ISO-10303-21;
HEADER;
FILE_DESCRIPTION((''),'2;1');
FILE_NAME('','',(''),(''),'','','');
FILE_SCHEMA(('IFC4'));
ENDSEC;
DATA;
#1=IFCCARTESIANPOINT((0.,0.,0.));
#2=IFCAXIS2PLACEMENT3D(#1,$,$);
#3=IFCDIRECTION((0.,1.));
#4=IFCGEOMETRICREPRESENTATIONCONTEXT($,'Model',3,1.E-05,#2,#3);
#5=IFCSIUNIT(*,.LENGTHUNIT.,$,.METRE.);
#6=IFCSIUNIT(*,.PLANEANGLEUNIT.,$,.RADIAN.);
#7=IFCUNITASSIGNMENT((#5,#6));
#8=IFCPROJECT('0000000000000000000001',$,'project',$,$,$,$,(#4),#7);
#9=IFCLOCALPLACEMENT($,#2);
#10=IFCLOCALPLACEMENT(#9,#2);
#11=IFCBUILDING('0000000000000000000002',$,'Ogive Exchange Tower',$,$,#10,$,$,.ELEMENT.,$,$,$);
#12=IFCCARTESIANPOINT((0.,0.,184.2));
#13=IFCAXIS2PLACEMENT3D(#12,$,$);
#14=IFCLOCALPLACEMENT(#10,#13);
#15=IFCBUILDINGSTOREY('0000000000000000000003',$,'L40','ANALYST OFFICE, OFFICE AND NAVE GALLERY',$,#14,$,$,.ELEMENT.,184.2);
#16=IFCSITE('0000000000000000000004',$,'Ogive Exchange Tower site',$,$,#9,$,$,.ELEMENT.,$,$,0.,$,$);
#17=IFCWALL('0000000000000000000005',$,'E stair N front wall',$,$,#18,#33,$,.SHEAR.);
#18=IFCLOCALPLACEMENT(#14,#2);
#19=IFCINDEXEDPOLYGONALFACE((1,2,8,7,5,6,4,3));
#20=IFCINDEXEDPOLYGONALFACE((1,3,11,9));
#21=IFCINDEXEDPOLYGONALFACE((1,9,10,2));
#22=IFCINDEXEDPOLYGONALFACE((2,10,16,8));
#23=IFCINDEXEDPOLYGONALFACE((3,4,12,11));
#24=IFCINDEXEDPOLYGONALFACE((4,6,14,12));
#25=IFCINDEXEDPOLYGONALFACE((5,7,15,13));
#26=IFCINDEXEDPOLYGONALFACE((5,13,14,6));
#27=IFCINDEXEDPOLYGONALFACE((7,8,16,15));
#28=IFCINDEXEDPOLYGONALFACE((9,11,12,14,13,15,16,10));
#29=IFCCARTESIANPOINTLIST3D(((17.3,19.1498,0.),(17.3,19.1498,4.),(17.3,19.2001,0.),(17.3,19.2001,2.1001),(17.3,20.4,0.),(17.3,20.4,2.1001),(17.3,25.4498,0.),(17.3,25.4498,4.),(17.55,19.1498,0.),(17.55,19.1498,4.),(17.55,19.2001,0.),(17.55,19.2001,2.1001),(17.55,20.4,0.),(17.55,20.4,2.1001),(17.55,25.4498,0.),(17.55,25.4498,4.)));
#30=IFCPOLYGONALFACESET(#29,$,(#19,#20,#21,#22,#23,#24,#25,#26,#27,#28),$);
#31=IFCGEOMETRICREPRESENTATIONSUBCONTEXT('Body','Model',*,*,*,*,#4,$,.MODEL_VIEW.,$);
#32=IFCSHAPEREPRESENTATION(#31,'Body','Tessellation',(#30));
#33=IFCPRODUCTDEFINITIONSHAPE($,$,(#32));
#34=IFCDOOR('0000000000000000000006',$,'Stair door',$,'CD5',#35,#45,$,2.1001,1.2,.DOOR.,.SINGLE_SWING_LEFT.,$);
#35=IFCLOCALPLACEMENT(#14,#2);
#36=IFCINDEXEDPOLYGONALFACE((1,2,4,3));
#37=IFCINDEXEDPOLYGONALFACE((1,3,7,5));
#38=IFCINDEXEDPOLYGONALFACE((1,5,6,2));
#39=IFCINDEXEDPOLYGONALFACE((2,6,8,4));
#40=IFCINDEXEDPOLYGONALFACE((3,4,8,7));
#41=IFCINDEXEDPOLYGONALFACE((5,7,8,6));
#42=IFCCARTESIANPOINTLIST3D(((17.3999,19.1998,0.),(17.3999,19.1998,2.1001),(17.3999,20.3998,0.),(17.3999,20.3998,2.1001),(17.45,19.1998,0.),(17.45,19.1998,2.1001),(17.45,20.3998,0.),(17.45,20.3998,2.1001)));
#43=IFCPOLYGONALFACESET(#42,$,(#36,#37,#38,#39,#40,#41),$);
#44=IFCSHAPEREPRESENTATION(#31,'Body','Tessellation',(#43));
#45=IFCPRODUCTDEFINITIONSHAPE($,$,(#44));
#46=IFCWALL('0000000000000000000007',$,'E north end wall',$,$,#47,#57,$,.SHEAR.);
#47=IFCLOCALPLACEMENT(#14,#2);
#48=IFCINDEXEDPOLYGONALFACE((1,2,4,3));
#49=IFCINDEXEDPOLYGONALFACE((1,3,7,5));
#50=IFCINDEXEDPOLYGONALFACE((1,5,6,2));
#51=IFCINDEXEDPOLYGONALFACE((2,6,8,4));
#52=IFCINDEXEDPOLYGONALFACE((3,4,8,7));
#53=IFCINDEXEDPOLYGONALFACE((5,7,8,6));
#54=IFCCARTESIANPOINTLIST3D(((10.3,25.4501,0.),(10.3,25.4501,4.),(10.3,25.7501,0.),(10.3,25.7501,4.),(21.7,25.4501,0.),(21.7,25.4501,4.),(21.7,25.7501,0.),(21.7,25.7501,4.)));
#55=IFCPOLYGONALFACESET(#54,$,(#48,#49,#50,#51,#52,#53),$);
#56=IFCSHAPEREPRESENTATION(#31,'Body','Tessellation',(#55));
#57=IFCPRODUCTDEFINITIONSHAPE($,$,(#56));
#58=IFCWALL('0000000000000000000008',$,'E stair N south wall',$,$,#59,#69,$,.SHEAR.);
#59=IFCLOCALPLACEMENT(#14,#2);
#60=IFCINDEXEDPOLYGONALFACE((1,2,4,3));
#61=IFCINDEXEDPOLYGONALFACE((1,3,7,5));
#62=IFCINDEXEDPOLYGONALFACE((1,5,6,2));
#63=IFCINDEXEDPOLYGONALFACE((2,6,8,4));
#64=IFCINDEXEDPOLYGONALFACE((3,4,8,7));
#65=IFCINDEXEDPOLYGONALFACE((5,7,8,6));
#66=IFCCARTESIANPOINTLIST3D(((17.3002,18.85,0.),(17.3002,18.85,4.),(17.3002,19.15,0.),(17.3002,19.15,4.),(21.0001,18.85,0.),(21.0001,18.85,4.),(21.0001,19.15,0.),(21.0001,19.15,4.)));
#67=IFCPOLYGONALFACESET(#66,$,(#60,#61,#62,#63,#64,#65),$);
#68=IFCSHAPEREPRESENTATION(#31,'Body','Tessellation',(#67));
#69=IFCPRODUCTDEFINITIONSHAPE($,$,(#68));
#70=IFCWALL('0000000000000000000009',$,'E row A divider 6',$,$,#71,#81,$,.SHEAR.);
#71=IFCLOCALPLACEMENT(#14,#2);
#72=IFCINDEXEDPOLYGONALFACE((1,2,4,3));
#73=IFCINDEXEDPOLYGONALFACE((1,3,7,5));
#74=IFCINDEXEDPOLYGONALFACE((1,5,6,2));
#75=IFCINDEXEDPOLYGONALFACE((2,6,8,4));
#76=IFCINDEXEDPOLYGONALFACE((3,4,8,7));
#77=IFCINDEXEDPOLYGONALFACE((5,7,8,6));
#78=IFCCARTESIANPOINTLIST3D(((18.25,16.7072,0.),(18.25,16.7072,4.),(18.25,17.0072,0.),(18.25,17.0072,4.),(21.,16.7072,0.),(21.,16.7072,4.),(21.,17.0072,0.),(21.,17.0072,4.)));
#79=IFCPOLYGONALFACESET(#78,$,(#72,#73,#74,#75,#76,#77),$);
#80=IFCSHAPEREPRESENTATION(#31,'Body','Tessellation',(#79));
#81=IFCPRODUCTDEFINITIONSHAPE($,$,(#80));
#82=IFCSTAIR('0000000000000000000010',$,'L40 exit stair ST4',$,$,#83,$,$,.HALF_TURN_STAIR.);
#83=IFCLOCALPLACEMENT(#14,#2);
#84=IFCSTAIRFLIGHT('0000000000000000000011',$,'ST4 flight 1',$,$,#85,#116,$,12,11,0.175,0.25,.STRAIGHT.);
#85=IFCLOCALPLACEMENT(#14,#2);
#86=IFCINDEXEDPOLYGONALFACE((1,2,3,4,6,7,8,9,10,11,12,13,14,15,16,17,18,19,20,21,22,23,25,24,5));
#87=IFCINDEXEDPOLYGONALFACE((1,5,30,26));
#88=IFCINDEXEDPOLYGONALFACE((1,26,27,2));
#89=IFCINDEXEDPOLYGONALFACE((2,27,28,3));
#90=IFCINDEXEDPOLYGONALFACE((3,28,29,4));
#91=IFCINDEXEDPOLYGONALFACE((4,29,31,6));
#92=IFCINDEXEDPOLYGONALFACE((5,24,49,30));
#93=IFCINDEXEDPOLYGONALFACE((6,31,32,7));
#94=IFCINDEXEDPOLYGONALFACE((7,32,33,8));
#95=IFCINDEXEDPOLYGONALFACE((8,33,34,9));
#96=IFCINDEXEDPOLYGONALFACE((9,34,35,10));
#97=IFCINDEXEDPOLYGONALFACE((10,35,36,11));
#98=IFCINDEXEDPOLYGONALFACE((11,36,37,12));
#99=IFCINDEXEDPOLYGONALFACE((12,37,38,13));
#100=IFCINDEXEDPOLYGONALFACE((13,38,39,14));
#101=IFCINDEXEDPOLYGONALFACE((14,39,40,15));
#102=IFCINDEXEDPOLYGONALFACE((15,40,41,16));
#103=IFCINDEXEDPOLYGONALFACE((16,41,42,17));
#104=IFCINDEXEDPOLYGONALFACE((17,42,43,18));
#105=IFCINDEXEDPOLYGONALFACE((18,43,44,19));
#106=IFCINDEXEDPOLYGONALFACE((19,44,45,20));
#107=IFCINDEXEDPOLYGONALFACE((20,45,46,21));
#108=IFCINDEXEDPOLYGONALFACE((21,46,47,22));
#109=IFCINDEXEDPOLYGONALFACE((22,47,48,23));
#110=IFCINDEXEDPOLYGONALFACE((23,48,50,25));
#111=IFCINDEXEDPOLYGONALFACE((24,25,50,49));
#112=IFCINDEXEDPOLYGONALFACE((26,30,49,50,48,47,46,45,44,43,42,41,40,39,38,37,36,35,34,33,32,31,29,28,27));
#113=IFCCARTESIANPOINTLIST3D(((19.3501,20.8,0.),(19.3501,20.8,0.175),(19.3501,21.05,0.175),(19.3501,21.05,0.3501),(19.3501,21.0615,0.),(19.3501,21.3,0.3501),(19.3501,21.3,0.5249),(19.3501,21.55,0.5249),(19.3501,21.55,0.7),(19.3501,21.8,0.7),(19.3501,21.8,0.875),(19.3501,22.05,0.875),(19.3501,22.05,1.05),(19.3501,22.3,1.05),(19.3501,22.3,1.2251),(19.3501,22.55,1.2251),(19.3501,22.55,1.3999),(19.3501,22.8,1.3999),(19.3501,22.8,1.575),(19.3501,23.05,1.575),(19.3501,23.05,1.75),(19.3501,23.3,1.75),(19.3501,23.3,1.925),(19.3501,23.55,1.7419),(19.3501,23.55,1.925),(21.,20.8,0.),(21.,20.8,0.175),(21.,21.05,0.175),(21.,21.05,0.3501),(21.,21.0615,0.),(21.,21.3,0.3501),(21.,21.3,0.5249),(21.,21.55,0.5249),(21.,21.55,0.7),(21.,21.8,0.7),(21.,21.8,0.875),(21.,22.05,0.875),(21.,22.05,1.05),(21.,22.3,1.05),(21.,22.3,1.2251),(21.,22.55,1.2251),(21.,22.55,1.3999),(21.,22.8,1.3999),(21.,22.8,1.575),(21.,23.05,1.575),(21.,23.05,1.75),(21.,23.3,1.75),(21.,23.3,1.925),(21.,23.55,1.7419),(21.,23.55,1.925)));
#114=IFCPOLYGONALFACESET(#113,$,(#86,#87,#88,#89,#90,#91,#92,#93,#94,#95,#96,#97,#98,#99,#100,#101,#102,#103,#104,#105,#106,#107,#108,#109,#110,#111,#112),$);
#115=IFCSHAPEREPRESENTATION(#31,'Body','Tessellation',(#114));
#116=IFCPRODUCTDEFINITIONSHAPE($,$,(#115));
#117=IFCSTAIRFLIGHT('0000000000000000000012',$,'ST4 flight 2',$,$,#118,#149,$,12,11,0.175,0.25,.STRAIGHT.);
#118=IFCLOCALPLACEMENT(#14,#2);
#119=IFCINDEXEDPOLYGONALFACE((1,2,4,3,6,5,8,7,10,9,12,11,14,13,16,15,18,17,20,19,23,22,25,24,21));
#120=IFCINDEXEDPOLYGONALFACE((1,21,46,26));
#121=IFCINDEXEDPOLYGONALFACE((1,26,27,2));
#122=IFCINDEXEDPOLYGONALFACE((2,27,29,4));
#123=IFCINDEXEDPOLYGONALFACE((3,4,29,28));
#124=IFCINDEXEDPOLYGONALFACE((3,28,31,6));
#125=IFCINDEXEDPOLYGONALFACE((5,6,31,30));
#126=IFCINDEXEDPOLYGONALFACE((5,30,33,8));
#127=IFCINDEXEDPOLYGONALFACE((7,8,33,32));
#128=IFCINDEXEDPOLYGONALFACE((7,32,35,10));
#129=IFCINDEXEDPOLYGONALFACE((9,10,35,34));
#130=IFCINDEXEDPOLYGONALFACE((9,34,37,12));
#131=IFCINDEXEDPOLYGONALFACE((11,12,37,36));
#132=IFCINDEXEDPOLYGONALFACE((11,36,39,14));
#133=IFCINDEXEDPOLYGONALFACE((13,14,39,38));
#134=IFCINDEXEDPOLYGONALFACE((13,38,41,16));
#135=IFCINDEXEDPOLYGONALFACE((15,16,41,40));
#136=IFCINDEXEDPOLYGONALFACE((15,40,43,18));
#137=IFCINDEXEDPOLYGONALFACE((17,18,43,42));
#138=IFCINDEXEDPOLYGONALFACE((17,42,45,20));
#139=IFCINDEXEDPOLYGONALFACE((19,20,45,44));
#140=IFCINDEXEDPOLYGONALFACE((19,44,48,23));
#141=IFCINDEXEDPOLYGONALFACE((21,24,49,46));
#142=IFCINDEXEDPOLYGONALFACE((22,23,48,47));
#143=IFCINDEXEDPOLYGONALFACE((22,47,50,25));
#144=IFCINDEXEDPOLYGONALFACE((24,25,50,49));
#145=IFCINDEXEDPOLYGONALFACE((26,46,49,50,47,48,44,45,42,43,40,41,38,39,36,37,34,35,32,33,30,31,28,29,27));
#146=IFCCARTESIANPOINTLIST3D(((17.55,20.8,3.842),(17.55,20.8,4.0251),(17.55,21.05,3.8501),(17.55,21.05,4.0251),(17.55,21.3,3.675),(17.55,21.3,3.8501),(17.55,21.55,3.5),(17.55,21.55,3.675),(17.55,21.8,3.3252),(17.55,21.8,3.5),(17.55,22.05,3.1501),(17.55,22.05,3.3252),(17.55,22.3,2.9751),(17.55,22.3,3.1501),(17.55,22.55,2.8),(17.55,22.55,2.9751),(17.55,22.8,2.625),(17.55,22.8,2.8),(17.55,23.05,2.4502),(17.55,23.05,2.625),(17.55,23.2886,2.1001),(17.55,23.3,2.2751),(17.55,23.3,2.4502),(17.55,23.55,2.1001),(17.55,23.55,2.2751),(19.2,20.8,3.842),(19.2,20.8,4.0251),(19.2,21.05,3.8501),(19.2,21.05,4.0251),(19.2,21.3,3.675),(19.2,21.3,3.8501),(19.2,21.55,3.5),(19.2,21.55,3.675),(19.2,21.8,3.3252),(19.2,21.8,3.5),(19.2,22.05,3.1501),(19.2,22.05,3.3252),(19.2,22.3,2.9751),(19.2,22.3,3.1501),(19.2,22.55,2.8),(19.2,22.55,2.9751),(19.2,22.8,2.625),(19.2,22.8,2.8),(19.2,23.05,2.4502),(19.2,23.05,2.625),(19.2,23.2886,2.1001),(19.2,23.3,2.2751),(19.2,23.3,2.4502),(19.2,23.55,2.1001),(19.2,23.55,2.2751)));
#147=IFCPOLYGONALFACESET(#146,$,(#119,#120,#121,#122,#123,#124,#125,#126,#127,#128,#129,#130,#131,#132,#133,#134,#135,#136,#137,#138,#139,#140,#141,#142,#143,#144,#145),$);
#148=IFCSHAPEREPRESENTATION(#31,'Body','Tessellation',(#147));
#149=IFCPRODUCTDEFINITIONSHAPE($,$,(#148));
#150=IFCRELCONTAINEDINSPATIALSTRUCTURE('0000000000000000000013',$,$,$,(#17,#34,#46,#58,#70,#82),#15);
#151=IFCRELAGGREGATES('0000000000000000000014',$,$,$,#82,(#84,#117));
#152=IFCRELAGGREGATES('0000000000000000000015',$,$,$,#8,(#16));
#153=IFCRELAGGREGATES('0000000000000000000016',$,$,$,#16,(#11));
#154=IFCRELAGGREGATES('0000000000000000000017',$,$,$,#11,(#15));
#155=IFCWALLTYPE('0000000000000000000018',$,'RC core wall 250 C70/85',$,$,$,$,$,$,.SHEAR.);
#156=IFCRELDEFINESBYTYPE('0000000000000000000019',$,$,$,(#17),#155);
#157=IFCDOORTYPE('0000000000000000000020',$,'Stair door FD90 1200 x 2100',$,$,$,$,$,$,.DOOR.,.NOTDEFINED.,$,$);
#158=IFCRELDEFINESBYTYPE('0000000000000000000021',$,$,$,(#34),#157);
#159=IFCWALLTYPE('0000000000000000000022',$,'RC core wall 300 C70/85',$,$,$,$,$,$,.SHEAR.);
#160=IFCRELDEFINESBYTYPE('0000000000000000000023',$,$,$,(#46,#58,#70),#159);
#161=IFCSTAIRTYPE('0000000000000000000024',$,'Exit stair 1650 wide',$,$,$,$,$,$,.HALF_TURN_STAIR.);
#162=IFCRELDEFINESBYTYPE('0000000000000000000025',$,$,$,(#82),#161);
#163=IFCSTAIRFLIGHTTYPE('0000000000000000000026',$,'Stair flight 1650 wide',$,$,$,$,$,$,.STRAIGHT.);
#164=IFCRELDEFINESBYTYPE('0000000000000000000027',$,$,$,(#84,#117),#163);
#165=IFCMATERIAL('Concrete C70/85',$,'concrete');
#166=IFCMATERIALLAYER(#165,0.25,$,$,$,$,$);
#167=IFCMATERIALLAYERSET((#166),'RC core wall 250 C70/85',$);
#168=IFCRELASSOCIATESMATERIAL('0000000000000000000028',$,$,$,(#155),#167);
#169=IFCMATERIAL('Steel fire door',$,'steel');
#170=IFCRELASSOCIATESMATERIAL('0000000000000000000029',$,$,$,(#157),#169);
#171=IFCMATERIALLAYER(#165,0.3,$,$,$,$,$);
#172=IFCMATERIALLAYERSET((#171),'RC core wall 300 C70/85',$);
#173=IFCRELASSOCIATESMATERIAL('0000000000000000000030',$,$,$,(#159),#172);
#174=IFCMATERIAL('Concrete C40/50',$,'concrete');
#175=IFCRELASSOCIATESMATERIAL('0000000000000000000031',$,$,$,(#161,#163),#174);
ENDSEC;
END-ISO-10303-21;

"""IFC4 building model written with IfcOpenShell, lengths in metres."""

from ifc_helpers import new_model, si_unit, direction, frame, frame_2d, origin, place, context, subcontext, project, spatial, polyline, rectangle, outline, extrude, material, layer, layer_set, type_object, element, fill, aggregate, save


model = new_model("IFC4")

# Units and contexts
model_context = context("Model", 3, precision=1e-05, world=origin(), true_north=direction((0.0, 1.0)))
body_context = subcontext(model_context, "Body", "Model", "MODEL_VIEW")
ifc_project = project(units=[si_unit("LENGTHUNIT", "METRE"), si_unit("PLANEANGLEUNIT", "RADIAN")], contexts=[model_context])

# Site, building, storey
site_placement = place(None, origin())
site = spatial("IfcSite", under=ifc_project, at=site_placement, Name="Ogive Exchange Tower site", CompositionType="ELEMENT", RefElevation=0.0)
building_placement = place(site_placement, origin())
building = spatial("IfcBuilding", under=site, at=building_placement, Name="Ogive Exchange Tower", CompositionType="ELEMENT")
storey_placement = place(building_placement, frame((0.0, 0.0, 184.2)))
storey = spatial("IfcBuildingStorey", under=building, at=storey_placement, Name="L40", Description="ANALYST OFFICE, OFFICE AND NAVE GALLERY", CompositionType="ELEMENT", Elevation=184.2)

# Wall, opening, door
ifc_material_1 = material(Name="Concrete C70/85", Category="concrete")
ifc_layer_1 = layer(ifc_material_1, 0.25)
ifc_layer_set_1 = layer_set([ifc_layer_1], Name="RC core wall 250 C70/85")
wall_type_1 = type_object("IfcWallType", Name="RC core wall 250 C70/85", PredefinedType="SHEAR", material=ifc_layer_set_1)
wall_1_placement = place(storey_placement, frame((17.425, 19.1499, 0.0), z_axis=(0.0, 0.0, 1.0), x_axis=(0.0, 1.0, 0.0)))
wall_1 = element("IfcWall", 1, at=wall_1_placement, inside=storey, type_object=wall_type_1, Name="E stair N front wall", PredefinedType="SHEAR", context=body_context, shape_type="SweptSolid", body=[
    extrude(rectangle(XDim=6.3, YDim=0.25, at=frame_2d((3.1499, 0.0))), origin(), (0.0, 0.0, 1.0), 4.0),
])
opening_placement = place(wall_1_placement, frame((0.05, 0.0, 0.0)))
opening = element("IfcOpeningElement", 2, at=opening_placement, cuts=wall_1, PredefinedType="OPENING", context=body_context, shape_type="SweptSolid", body=[
    extrude(rectangle(XDim=1.2, YDim=2.1001, at=frame_2d((0.6001, 1.05))), frame((0.0, 0.135, 0.0), z_axis=(0.0, -1.0, 0.0), x_axis=(1.0, 0.0, 0.0)), (0.0, 0.0, 1.0), 0.27),
])
ifc_material_2 = material(Name="Steel fire door", Category="steel")
door_type = type_object("IfcDoorType", Name="Stair door FD90 1200 x 2100", OperationType="NOTDEFINED", PredefinedType="DOOR", material=ifc_material_2)
door_placement = place(opening_placement, frame((1.2, 0.0, 0.0), z_axis=(0.0, 0.0, 1.0), x_axis=(-1.0, 0.0, 0.0)))
door = element("IfcDoor", 3, at=door_placement, inside=storey, type_object=door_type, Name="Stair door", ObjectType="CD5", OperationType="SINGLE_SWING_LEFT", OverallHeight=2.1001, OverallWidth=1.2, PredefinedType="DOOR", context=body_context, shape_type="SweptSolid", body=[
    extrude(rectangle(XDim=1.2, YDim=2.1001, at=frame_2d((0.6001, 1.05))), frame((0.0, 0.0249, 0.0), z_axis=(0.0, -1.0, 0.0), x_axis=(1.0, 0.0, 0.0)), (0.0, 0.0, 1.0), 0.05),
])
fill(opening, door)

# Walls
ifc_layer_2 = layer(ifc_material_1, 0.3)
ifc_layer_set_2 = layer_set([ifc_layer_2], Name="RC core wall 300 C70/85")
wall_type_2 = type_object("IfcWallType", Name="RC core wall 300 C70/85", PredefinedType="SHEAR", material=ifc_layer_set_2)
wall_2_placement = place(storey_placement, frame((10.3, 25.6001, 0.0), z_axis=(0.0, 0.0, 1.0), x_axis=(1.0, 0.0, 0.0)))
element("IfcWall", 4, at=wall_2_placement, inside=storey, type_object=wall_type_2, Name="E north end wall", PredefinedType="SHEAR", context=body_context, shape_type="SweptSolid", body=[
    extrude(rectangle(XDim=11.3999, YDim=0.3, at=frame_2d((5.7, 0.0))), origin(), (0.0, 0.0, 1.0), 4.0),
])
wall_3_placement = place(storey_placement, frame((17.3, 19.0, 0.0), z_axis=(0.0, 0.0, 1.0), x_axis=(1.0, 0.0, 0.0)))
element("IfcWall", 5, at=wall_3_placement, inside=storey, type_object=wall_type_2, Name="E stair N south wall", PredefinedType="SHEAR", context=body_context, shape_type="SweptSolid", body=[
    extrude(rectangle(XDim=3.7, YDim=0.3, at=frame_2d((1.8501, 0.0))), origin(), (0.0, 0.0, 1.0), 4.0),
])
wall_4_placement = place(storey_placement, frame((18.25, 16.8572, 0.0), z_axis=(0.0, 0.0, 1.0), x_axis=(1.0, 0.0, 0.0)))
element("IfcWall", 6, at=wall_4_placement, inside=storey, type_object=wall_type_2, Name="E row A divider 6", PredefinedType="SHEAR", context=body_context, shape_type="SweptSolid", body=[
    extrude(rectangle(XDim=2.75, YDim=0.3, at=frame_2d((1.375, 0.0))), origin(), (0.0, 0.0, 1.0), 4.0),
])

# Stair, stair flights
ifc_material_3 = material(Name="Concrete C40/50", Category="concrete")
stair_type = type_object("IfcStairType", Name="Exit stair 1650 wide", PredefinedType="HALF_TURN_STAIR", material=ifc_material_3)
stair_placement = place(storey_placement, origin())
stair = element("IfcStair", 7, at=stair_placement, inside=storey, type_object=stair_type, Name="L40 exit stair ST4", PredefinedType="HALF_TURN_STAIR")
stair_flight_type = type_object("IfcStairFlightType", Name="Stair flight 1650 wide", PredefinedType="STRAIGHT", material=ifc_material_3)
stair_flight_1_placement = place(storey_placement, frame((20.175, 20.8, 0.0), z_axis=(0.0, 0.0, 1.0), x_axis=(0.0, 1.0, 0.0)))
stair_flight_1 = element("IfcStairFlight", 8, at=stair_flight_1_placement, type_object=stair_flight_type, Name="ST4 flight 1", NumberOfRisers=12, NumberOfTreads=11, PredefinedType="STRAIGHT", RiserHeight=0.175, TreadLength=0.25, context=body_context, shape_type="SweptSolid", body=[
    extrude(outline(polyline([(0.0, 0.0), (0.0, 0.175), (0.25, 0.175), (0.25, 0.3501), (0.5, 0.3501), (0.5, 0.5249), (0.75, 0.5249), (0.75, 0.7), (1.0, 0.7), (1.0, 0.875), (1.25, 0.875), (1.25, 1.05), (1.5, 1.05), (1.5, 1.2251), (1.75, 1.2251), (1.75, 1.3999), (2.0, 1.3999), (2.0, 1.575), (2.25, 1.575), (2.25, 1.75), (2.5, 1.75), (2.5, 1.925), (2.75, 1.925), (2.75, 2.1001), (2.75, 1.7419), (0.2615, 0.0), (0.0, 0.0)])), frame((0.0, 0.825, 0.0), z_axis=(0.0, -1.0, 0.0), x_axis=(1.0, 0.0, 0.0)), (0.0, 0.0, 1.0), 1.6499),
])
stair_flight_2_placement = place(storey_placement, frame((18.375, 23.55, 2.1001), z_axis=(0.0, 0.0, 1.0), x_axis=(0.0, -1.0, 0.0)))
stair_flight_2 = element("IfcStairFlight", 9, at=stair_flight_2_placement, type_object=stair_flight_type, Name="ST4 flight 2", NumberOfRisers=12, NumberOfTreads=11, PredefinedType="STRAIGHT", RiserHeight=0.175, TreadLength=0.25, context=body_context, shape_type="SweptSolid", body=[
    extrude(outline(polyline([(0.0, 0.0), (0.0, 0.175), (0.25, 0.175), (0.25, 0.3501), (0.5, 0.3501), (0.5, 0.5249), (0.75, 0.5249), (0.75, 0.7), (1.0, 0.7), (1.0, 0.875), (1.25, 0.875), (1.25, 1.05), (1.5, 1.05), (1.5, 1.2251), (1.75, 1.2251), (1.75, 1.3999), (2.0, 1.3999), (2.0, 1.575), (2.25, 1.575), (2.25, 1.75), (2.5, 1.75), (2.5, 1.925), (2.75, 1.925), (2.75, 2.1001), (2.75, 1.7419), (0.2615, 0.0), (0.0, 0.0)])), frame((0.0, 0.825, 0.0), z_axis=(0.0, -1.0, 0.0), x_axis=(1.0, 0.0, 0.0)), (0.0, 0.0, 1.0), 1.6499),
])
aggregate(stair, [stair_flight_1, stair_flight_2])

save(model, "model.ifc")
